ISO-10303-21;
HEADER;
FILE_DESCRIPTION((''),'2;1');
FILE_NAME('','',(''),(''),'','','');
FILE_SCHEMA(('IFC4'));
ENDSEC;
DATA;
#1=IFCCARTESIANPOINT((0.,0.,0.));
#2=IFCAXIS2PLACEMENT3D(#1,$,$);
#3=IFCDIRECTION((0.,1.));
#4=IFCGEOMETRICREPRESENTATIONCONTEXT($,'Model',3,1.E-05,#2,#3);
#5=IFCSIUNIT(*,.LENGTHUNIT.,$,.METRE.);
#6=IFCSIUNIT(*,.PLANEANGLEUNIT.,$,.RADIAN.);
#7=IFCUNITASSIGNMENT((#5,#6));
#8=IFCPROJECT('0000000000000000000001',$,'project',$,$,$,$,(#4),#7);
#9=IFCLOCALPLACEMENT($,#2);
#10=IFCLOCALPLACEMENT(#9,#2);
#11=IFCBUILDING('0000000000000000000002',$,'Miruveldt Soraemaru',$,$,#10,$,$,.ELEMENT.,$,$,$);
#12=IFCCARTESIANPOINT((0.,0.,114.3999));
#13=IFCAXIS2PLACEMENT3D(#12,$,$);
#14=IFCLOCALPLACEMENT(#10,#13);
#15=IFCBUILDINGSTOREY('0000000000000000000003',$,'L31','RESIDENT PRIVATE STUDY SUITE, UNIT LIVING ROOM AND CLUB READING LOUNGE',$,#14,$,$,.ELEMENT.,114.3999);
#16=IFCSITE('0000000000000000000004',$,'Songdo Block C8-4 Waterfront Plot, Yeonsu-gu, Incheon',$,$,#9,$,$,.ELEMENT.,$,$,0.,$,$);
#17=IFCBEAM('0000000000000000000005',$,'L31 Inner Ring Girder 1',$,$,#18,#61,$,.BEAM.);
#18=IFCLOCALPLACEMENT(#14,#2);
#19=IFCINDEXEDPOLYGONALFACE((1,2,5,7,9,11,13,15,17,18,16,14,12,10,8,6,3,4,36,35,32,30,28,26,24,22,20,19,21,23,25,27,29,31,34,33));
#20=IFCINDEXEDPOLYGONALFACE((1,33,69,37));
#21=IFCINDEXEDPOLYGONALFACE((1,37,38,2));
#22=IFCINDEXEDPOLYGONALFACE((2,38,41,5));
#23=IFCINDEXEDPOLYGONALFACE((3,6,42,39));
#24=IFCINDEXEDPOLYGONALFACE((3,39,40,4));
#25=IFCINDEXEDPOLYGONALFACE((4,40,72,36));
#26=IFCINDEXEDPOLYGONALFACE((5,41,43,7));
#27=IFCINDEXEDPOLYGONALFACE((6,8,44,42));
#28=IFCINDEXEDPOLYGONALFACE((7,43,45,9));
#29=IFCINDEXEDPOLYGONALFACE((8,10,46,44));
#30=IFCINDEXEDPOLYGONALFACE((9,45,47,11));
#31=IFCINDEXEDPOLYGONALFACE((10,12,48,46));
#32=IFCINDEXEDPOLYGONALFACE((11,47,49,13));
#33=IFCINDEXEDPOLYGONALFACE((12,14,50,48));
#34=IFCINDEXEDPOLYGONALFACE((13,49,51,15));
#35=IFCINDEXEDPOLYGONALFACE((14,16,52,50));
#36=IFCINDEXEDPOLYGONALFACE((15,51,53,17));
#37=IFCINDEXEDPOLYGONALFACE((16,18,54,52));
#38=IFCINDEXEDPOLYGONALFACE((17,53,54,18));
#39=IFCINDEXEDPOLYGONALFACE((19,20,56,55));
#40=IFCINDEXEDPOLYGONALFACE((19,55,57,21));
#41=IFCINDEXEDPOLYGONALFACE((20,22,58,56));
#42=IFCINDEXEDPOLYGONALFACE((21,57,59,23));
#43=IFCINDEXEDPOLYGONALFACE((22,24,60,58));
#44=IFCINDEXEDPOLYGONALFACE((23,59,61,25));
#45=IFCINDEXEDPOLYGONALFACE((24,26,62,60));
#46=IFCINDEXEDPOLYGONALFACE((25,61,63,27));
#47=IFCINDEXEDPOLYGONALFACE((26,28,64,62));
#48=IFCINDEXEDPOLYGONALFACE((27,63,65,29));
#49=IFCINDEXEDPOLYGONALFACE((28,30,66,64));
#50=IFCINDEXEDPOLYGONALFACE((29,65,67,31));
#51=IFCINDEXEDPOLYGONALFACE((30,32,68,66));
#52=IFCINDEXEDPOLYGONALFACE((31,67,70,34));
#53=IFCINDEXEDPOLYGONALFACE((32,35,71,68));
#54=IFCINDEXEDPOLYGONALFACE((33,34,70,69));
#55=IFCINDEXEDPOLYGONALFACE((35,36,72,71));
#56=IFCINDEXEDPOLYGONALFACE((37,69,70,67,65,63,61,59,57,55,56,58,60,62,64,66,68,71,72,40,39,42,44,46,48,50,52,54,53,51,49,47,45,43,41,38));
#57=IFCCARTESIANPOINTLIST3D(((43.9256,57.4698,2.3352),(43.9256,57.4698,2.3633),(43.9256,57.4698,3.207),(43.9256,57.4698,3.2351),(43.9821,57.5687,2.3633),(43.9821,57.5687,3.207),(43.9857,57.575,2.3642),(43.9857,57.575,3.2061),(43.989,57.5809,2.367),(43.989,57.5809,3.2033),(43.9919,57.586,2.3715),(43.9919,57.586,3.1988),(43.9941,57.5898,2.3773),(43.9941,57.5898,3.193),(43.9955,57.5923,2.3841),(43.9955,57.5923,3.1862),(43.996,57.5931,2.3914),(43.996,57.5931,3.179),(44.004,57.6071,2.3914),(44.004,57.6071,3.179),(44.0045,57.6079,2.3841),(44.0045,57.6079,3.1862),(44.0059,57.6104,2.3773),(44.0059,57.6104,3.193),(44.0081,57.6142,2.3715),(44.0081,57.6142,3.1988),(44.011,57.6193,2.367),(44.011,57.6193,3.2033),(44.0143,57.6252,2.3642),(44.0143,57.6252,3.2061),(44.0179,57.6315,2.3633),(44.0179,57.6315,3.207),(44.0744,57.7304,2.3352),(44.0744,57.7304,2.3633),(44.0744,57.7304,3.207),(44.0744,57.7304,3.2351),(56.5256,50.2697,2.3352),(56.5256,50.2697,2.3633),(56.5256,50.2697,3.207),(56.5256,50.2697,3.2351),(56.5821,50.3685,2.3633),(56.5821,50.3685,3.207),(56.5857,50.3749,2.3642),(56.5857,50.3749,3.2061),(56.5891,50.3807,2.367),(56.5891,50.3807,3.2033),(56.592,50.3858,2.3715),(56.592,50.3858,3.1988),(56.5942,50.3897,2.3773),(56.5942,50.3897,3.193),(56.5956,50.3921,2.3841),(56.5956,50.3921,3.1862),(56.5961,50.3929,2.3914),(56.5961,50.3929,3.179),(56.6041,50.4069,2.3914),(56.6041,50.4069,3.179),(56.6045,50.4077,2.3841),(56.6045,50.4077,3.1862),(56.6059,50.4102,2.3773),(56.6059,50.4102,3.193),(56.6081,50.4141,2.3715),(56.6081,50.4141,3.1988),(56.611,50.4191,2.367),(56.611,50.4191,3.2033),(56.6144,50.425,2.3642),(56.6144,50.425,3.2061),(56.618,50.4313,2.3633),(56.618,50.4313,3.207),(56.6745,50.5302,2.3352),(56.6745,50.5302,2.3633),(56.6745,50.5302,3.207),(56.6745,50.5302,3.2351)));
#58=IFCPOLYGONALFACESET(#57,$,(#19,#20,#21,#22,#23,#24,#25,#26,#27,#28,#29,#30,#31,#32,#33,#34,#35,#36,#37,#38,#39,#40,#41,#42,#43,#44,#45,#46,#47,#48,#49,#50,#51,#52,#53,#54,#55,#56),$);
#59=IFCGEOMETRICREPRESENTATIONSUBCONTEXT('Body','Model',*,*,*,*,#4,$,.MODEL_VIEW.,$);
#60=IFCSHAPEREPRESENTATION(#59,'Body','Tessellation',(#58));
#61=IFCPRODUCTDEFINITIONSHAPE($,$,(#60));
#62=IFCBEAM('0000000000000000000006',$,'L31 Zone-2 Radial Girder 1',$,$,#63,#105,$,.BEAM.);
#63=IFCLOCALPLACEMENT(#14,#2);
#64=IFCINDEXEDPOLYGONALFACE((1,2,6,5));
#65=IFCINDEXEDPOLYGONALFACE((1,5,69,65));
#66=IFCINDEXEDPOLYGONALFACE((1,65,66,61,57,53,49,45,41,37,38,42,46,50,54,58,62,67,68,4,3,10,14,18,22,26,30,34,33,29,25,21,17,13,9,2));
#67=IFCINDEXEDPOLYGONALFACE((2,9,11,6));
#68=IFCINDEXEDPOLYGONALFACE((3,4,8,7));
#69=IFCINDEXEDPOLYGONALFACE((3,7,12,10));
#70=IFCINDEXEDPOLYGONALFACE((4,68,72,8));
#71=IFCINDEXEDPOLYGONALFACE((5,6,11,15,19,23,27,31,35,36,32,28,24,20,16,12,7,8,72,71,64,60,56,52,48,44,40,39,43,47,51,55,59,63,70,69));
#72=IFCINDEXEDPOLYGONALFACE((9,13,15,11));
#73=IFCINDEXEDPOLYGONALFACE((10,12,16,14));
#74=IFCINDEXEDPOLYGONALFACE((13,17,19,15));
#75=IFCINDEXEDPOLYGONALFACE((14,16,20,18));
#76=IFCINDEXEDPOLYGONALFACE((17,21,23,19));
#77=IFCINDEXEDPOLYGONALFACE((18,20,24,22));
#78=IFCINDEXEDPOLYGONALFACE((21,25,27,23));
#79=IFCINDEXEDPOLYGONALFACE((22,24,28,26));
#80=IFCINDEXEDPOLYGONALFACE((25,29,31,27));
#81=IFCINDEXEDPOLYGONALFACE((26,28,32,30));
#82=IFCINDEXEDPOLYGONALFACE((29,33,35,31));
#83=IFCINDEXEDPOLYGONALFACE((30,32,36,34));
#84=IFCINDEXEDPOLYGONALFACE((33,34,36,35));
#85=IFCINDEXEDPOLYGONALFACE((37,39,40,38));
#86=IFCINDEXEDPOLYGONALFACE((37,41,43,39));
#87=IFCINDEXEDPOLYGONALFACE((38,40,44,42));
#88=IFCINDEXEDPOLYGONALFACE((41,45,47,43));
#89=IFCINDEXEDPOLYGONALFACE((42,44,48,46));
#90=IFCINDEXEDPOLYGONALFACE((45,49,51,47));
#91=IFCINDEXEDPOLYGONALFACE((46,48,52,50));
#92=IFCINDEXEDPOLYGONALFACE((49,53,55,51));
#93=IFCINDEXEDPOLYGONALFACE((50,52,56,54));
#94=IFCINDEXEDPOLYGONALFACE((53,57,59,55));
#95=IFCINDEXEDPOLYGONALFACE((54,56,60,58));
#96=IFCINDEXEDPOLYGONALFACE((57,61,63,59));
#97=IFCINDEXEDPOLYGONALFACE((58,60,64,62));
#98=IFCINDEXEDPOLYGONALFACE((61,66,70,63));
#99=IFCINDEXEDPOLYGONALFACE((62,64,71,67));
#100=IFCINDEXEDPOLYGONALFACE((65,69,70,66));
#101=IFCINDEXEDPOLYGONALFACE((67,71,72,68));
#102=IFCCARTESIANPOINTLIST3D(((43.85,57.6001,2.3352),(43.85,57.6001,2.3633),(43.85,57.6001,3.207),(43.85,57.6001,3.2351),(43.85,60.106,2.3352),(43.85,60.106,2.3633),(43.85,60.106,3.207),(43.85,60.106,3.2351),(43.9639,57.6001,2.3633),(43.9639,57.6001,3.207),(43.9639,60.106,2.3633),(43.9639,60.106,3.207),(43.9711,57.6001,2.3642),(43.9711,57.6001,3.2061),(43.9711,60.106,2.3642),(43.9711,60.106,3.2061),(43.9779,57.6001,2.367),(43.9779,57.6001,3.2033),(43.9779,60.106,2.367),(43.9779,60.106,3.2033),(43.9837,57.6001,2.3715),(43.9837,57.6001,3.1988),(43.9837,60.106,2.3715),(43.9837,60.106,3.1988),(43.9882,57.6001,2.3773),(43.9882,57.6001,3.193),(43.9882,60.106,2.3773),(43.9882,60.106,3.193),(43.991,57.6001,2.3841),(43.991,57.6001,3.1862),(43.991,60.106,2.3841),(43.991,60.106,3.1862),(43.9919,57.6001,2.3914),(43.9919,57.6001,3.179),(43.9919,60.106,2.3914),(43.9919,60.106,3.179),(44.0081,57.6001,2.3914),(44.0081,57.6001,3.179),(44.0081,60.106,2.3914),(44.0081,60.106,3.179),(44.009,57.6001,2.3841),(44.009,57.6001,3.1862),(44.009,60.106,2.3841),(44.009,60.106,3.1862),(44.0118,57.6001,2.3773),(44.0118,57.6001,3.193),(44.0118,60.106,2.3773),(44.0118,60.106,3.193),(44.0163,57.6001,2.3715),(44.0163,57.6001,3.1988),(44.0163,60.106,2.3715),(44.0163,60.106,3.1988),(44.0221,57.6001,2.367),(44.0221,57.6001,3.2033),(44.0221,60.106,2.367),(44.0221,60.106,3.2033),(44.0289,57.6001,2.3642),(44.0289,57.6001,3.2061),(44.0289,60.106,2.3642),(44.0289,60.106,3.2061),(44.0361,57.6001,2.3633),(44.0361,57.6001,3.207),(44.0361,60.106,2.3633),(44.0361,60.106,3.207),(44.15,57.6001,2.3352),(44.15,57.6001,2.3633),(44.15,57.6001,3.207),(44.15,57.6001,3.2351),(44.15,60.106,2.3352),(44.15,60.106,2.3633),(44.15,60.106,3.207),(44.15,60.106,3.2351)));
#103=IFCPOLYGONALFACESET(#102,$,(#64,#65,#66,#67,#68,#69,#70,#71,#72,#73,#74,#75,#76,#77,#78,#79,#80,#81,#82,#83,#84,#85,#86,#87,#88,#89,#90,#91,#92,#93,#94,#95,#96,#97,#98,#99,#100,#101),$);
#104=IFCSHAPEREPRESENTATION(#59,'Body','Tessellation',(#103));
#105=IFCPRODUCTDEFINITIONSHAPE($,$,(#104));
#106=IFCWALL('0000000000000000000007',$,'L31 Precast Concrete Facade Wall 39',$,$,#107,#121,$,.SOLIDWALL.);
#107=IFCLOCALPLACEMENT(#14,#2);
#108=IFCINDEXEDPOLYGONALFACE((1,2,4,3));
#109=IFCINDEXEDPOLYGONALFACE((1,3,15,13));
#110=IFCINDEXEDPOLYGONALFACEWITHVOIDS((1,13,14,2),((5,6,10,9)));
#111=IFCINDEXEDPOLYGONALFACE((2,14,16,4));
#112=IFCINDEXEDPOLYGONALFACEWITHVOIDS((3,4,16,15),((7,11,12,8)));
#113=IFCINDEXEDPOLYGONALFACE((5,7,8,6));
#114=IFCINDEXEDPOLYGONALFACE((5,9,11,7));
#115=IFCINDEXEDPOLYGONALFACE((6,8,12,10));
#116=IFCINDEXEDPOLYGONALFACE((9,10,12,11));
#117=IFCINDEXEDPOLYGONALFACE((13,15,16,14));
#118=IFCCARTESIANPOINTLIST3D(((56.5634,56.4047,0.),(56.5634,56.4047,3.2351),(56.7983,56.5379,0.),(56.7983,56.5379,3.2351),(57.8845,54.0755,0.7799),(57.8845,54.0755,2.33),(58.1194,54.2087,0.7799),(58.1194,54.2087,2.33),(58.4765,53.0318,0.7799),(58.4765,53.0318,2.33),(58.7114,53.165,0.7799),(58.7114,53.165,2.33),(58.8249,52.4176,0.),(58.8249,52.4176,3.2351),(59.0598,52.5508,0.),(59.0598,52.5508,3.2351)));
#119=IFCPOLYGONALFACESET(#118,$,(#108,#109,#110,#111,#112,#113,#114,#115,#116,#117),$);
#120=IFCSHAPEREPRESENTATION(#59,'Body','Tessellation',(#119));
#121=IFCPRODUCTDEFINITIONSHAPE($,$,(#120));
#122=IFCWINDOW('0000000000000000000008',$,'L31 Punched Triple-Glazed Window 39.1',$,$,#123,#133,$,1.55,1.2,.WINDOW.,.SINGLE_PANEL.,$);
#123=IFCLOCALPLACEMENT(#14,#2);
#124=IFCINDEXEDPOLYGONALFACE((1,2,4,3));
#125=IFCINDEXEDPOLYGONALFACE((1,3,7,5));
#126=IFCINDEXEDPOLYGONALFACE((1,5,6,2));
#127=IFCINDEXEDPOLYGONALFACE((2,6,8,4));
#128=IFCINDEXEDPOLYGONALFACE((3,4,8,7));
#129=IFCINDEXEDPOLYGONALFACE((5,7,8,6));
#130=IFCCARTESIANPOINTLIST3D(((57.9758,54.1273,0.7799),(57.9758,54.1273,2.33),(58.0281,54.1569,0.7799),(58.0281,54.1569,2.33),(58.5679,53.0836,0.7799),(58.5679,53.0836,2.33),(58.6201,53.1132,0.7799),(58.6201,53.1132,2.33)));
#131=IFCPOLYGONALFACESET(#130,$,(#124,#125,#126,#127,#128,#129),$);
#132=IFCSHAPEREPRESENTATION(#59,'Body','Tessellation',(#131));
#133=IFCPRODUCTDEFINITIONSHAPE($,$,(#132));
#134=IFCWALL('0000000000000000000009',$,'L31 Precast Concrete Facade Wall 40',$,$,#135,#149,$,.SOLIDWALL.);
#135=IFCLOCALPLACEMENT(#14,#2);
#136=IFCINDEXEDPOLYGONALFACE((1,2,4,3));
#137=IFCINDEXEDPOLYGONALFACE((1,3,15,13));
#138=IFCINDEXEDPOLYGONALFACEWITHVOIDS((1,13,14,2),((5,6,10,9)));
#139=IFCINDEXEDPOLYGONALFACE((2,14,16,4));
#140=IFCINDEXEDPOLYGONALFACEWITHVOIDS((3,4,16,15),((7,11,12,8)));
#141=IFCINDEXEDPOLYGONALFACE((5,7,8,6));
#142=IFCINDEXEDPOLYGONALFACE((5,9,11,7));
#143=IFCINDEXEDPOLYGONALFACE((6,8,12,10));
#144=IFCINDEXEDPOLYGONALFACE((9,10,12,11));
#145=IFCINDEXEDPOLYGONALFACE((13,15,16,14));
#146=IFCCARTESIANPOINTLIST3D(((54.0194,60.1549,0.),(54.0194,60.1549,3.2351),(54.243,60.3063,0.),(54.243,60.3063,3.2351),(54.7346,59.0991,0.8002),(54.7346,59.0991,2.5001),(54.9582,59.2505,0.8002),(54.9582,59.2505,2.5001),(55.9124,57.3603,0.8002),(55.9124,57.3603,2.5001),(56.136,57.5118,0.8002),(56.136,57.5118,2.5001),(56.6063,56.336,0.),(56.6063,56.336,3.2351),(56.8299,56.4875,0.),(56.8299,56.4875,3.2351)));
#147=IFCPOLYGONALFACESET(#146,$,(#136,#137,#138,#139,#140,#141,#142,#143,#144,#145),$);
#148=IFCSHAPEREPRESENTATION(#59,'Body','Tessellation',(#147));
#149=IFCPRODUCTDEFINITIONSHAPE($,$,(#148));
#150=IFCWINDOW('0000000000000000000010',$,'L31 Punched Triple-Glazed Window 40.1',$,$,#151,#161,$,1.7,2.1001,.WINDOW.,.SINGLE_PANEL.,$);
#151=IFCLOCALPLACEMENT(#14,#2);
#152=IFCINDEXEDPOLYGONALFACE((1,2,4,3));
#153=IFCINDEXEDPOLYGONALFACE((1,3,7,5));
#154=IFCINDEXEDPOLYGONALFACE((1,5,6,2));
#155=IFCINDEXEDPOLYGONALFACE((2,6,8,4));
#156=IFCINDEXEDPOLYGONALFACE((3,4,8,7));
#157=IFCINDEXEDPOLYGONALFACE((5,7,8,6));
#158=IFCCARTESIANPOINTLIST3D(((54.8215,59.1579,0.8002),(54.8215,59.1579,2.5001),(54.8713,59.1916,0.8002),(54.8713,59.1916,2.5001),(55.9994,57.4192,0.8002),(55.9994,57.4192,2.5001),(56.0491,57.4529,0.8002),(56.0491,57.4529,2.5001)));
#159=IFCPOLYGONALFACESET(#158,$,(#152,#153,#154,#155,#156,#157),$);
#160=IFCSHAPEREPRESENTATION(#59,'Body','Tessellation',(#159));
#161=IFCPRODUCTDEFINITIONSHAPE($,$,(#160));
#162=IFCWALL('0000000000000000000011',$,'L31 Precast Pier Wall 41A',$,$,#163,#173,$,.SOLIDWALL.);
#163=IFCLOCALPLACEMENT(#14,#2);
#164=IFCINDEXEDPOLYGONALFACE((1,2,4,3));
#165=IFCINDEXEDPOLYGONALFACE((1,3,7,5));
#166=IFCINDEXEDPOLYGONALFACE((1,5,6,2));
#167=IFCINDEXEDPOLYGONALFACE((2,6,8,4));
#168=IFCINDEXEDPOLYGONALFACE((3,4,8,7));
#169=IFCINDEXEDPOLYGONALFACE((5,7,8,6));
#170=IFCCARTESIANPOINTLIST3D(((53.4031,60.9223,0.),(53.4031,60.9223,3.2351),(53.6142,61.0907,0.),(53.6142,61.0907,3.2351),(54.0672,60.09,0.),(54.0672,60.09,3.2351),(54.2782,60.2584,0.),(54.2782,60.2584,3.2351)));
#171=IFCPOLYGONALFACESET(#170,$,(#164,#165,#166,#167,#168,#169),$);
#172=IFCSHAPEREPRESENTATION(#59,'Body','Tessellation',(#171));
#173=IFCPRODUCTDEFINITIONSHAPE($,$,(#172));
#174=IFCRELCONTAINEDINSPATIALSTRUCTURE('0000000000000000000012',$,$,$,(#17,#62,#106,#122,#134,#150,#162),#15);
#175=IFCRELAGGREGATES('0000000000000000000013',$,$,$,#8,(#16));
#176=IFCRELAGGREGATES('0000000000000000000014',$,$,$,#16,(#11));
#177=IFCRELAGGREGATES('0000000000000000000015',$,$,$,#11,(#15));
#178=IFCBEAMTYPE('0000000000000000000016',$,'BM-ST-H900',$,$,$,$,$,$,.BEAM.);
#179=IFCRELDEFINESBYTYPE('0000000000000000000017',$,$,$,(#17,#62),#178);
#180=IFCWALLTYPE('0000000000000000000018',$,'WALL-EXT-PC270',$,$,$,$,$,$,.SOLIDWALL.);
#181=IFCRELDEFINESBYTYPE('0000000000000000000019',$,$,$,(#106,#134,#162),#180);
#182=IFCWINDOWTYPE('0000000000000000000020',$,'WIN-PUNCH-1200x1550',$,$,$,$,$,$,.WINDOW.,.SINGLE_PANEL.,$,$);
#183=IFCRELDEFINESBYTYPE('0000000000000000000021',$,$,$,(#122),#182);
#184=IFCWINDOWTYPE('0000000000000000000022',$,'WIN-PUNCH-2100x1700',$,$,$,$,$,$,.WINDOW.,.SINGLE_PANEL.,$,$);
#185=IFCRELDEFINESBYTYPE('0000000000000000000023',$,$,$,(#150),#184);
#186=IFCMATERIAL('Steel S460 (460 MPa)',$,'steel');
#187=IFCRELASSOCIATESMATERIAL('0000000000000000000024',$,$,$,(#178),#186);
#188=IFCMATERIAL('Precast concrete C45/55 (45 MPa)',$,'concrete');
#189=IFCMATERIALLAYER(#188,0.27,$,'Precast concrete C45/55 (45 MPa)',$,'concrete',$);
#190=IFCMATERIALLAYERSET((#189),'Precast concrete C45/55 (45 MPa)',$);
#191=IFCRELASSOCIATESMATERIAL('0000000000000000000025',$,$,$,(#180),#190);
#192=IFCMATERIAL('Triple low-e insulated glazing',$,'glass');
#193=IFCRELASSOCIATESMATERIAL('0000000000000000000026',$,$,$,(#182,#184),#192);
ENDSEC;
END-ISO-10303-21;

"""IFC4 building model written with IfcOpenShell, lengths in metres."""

from ifc_helpers import new_model, si_unit, direction, frame, frame_2d, origin, origin_2d, place, context, subcontext, project, spatial, rectangle, i_section, extrude, material, layer, layer_set, material_profile, profile_set, type_object, element, fill, save


model = new_model("IFC4")

# Units and contexts
model_context = context("Model", 3, precision=1e-05, world=origin(), true_north=direction((0.0, 1.0)))
body_context = subcontext(model_context, "Body", "Model", "MODEL_VIEW")
ifc_project = project(units=[si_unit("LENGTHUNIT", "METRE"), si_unit("PLANEANGLEUNIT", "RADIAN")], contexts=[model_context])

# Site, building, storey
site_placement = place(None, origin())
site = spatial("IfcSite", under=ifc_project, at=site_placement, Name="Songdo Block C8-4 Waterfront Plot, Yeonsu-gu, Incheon", CompositionType="ELEMENT", RefElevation=0.0)
building_placement = place(site_placement, origin())
building = spatial("IfcBuilding", under=site, at=building_placement, Name="Miruveldt Soraemaru", CompositionType="ELEMENT")
storey_placement = place(building_placement, frame((0.0, 0.0, 114.3999)))
storey = spatial("IfcBuildingStorey", under=building, at=storey_placement, Name="L31", Description="RESIDENT PRIVATE STUDY SUITE, UNIT LIVING ROOM AND CLUB READING LOUNGE", CompositionType="ELEMENT", Elevation=114.3999)

# Beams
ifc_material_1 = material(Name="Steel S460 (460 MPa)", Category="steel")
ifc_material_profile_1 = material_profile(ifc_material_1, i_section(OverallWidth=0.3, OverallDepth=0.8999, WebThickness=0.0161, FlangeThickness=0.0281, FilletRadius=0.0281, at=origin_2d()), Name="Steel S460 (460 MPa)", Category="steel")
ifc_profile_set_1 = profile_set([ifc_material_profile_1], Name="Steel S460 (460 MPa)")
beam_type_1 = type_object("IfcBeamType", Name="BM-ST-H900", PredefinedType="BEAM", material=ifc_profile_set_1)
beam_1_placement = place(storey_placement, frame((44.0, 57.6001, 2.7852), z_axis=(0.868239, -0.496146, 0.0), x_axis=(0.496146, 0.868239, 0.0)))
element("IfcBeam", 1, at=beam_1_placement, inside=storey, type_object=beam_type_1, Name="L31 Inner Ring Girder 1", PredefinedType="BEAM", context=body_context, shape_type="SweptSolid", body=[
    extrude(i_section(OverallWidth=0.3, OverallDepth=0.8999, WebThickness=0.0161, FlangeThickness=0.0281, FilletRadius=0.0281, at=origin_2d()), origin(), (0.0, 0.0, 1.0), 14.5122),
])
beam_2_placement = place(storey_placement, frame((44.0, 57.6001, 2.7852), z_axis=(0.0, 1.0, 0.0), x_axis=(-1.0, 0.0, 0.0)))
element("IfcBeam", 2, at=beam_2_placement, inside=storey, type_object=beam_type_1, Name="L31 Zone-2 Radial Girder 1", PredefinedType="BEAM", context=body_context, shape_type="SweptSolid", body=[
    extrude(i_section(OverallWidth=0.3, OverallDepth=0.8999, WebThickness=0.0161, FlangeThickness=0.0281, FilletRadius=0.0281, at=origin_2d()), origin(), (0.0, 0.0, 1.0), 2.5059),
])

# Walls, openings, windows
ifc_material_2 = material(Name="Precast concrete C45/55 (45 MPa)", Category="concrete")
ifc_layer_1 = layer(ifc_material_2, 0.27, Name="Precast concrete C45/55 (45 MPa)", Category="concrete")
ifc_layer_set_1 = layer_set([ifc_layer_1], Name="Precast concrete C45/55 (45 MPa)")
wall_type_1 = type_object("IfcWallType", Name="WALL-EXT-PC270", PredefinedType="SOLIDWALL", material=ifc_layer_set_1)
wall_1_placement = place(storey_placement, frame((58.9424, 52.4841, 0.0), z_axis=(0.0, 0.0, 1.0), x_axis=(-0.493366, 0.869822, 0.0)))
wall_1 = element("IfcWall", 3, at=wall_1_placement, inside=storey, type_object=wall_type_1, Name="L31 Precast Concrete Facade Wall 39", PredefinedType="SOLIDWALL", context=body_context, shape_type="SweptSolid", body=[
    extrude(rectangle(XDim=4.5837, YDim=0.27, at=frame_2d((2.292, 0.0))), origin(), (0.0, 0.0, 1.0), 3.2351),
])
opening_1_placement = place(wall_1_placement, frame((0.7061, 0.0, 0.78)))
opening_1 = element("IfcOpeningElement", 4, at=opening_1_placement, cuts=wall_1, PredefinedType="OPENING", context=body_context, shape_type="SweptSolid", body=[
    extrude(rectangle(XDim=1.2, YDim=1.55, at=frame_2d((0.6001, 0.7749))), frame((0.0, 0.145, 0.0), z_axis=(0.0, -1.0, 0.0), x_axis=(1.0, 0.0, 0.0)), (0.0, 0.0, 1.0), 0.29),
])
ifc_material_3 = material(Name="Triple low-e insulated glazing", Category="glass")
window_type_1 = type_object("IfcWindowType", Name="WIN-PUNCH-1200x1550", PartitioningType="SINGLE_PANEL", PredefinedType="WINDOW", material=ifc_material_3)
window_1_placement = place(opening_1_placement, origin())
window_1 = element("IfcWindow", 5, at=window_1_placement, inside=storey, type_object=window_type_1, Name="L31 Punched Triple-Glazed Window 39.1", OverallHeight=1.55, OverallWidth=1.2, PartitioningType="SINGLE_PANEL", PredefinedType="WINDOW", context=body_context, shape_type="SweptSolid", body=[
    extrude(rectangle(XDim=1.2, YDim=1.55, at=frame_2d((0.6001, 0.7749))), frame((0.0, 0.03, 0.0), z_axis=(0.0, -1.0, 0.0), x_axis=(1.0, 0.0, 0.0)), (0.0, 0.0, 1.0), 0.0601),
])
fill(opening_1, window_1)
wall_2_placement = place(storey_placement, frame((56.718, 56.4119, 0.0), z_axis=(0.0, 0.0, 1.0), x_axis=(-0.560841, 0.827923, 0.0)))
wall_2 = element("IfcWall", 6, at=wall_2_placement, inside=storey, type_object=wall_type_1, Name="L31 Precast Concrete Facade Wall 40", PredefinedType="SOLIDWALL", context=body_context, shape_type="SweptSolid", body=[
    extrude(rectangle(XDim=4.6125, YDim=0.27, at=frame_2d((2.3062, 0.0))), origin(), (0.0, 0.0, 1.0), 3.2351),
])
opening_2_placement = place(wall_2_placement, frame((1.2371, 0.0, 0.8)))
opening_2 = element("IfcOpeningElement", 7, at=opening_2_placement, cuts=wall_2, PredefinedType="OPENING", context=body_context, shape_type="SweptSolid", body=[
    extrude(rectangle(XDim=2.1001, YDim=1.7, at=frame_2d((1.05, 0.8501))), frame((0.0, 0.145, 0.0), z_axis=(0.0, -1.0, 0.0), x_axis=(1.0, 0.0, 0.0)), (0.0, 0.0, 1.0), 0.29),
])
window_type_2 = type_object("IfcWindowType", Name="WIN-PUNCH-2100x1700", PartitioningType="SINGLE_PANEL", PredefinedType="WINDOW", material=ifc_material_3)
window_2_placement = place(opening_2_placement, origin())
window_2 = element("IfcWindow", 8, at=window_2_placement, inside=storey, type_object=window_type_2, Name="L31 Punched Triple-Glazed Window 40.1", OverallHeight=1.7, OverallWidth=2.1001, PartitioningType="SINGLE_PANEL", PredefinedType="WINDOW", context=body_context, shape_type="SweptSolid", body=[
    extrude(rectangle(XDim=2.1001, YDim=1.7, at=frame_2d((1.05, 0.8501))), frame((0.0, 0.03, 0.0), z_axis=(0.0, -1.0, 0.0), x_axis=(1.0, 0.0, 0.0)), (0.0, 0.0, 1.0), 0.0601),
])
fill(opening_2, window_2)

# Wall
wall_3_placement = place(storey_placement, frame((54.1726, 60.1743, 0.0), z_axis=(0.0, 0.0, 1.0), x_axis=(-0.623688, 0.781673, 0.0)))
element("IfcWall", 9, at=wall_3_placement, inside=storey, type_object=wall_type_1, Name="L31 Precast Pier Wall 41A", PredefinedType="SOLIDWALL", context=body_context, shape_type="SweptSolid", body=[
    extrude(rectangle(XDim=1.0647, YDim=0.27, at=frame_2d((0.5322, 0.0))), origin(), (0.0, 0.0, 1.0), 3.2351),
])

save(model, "model.ifc")
